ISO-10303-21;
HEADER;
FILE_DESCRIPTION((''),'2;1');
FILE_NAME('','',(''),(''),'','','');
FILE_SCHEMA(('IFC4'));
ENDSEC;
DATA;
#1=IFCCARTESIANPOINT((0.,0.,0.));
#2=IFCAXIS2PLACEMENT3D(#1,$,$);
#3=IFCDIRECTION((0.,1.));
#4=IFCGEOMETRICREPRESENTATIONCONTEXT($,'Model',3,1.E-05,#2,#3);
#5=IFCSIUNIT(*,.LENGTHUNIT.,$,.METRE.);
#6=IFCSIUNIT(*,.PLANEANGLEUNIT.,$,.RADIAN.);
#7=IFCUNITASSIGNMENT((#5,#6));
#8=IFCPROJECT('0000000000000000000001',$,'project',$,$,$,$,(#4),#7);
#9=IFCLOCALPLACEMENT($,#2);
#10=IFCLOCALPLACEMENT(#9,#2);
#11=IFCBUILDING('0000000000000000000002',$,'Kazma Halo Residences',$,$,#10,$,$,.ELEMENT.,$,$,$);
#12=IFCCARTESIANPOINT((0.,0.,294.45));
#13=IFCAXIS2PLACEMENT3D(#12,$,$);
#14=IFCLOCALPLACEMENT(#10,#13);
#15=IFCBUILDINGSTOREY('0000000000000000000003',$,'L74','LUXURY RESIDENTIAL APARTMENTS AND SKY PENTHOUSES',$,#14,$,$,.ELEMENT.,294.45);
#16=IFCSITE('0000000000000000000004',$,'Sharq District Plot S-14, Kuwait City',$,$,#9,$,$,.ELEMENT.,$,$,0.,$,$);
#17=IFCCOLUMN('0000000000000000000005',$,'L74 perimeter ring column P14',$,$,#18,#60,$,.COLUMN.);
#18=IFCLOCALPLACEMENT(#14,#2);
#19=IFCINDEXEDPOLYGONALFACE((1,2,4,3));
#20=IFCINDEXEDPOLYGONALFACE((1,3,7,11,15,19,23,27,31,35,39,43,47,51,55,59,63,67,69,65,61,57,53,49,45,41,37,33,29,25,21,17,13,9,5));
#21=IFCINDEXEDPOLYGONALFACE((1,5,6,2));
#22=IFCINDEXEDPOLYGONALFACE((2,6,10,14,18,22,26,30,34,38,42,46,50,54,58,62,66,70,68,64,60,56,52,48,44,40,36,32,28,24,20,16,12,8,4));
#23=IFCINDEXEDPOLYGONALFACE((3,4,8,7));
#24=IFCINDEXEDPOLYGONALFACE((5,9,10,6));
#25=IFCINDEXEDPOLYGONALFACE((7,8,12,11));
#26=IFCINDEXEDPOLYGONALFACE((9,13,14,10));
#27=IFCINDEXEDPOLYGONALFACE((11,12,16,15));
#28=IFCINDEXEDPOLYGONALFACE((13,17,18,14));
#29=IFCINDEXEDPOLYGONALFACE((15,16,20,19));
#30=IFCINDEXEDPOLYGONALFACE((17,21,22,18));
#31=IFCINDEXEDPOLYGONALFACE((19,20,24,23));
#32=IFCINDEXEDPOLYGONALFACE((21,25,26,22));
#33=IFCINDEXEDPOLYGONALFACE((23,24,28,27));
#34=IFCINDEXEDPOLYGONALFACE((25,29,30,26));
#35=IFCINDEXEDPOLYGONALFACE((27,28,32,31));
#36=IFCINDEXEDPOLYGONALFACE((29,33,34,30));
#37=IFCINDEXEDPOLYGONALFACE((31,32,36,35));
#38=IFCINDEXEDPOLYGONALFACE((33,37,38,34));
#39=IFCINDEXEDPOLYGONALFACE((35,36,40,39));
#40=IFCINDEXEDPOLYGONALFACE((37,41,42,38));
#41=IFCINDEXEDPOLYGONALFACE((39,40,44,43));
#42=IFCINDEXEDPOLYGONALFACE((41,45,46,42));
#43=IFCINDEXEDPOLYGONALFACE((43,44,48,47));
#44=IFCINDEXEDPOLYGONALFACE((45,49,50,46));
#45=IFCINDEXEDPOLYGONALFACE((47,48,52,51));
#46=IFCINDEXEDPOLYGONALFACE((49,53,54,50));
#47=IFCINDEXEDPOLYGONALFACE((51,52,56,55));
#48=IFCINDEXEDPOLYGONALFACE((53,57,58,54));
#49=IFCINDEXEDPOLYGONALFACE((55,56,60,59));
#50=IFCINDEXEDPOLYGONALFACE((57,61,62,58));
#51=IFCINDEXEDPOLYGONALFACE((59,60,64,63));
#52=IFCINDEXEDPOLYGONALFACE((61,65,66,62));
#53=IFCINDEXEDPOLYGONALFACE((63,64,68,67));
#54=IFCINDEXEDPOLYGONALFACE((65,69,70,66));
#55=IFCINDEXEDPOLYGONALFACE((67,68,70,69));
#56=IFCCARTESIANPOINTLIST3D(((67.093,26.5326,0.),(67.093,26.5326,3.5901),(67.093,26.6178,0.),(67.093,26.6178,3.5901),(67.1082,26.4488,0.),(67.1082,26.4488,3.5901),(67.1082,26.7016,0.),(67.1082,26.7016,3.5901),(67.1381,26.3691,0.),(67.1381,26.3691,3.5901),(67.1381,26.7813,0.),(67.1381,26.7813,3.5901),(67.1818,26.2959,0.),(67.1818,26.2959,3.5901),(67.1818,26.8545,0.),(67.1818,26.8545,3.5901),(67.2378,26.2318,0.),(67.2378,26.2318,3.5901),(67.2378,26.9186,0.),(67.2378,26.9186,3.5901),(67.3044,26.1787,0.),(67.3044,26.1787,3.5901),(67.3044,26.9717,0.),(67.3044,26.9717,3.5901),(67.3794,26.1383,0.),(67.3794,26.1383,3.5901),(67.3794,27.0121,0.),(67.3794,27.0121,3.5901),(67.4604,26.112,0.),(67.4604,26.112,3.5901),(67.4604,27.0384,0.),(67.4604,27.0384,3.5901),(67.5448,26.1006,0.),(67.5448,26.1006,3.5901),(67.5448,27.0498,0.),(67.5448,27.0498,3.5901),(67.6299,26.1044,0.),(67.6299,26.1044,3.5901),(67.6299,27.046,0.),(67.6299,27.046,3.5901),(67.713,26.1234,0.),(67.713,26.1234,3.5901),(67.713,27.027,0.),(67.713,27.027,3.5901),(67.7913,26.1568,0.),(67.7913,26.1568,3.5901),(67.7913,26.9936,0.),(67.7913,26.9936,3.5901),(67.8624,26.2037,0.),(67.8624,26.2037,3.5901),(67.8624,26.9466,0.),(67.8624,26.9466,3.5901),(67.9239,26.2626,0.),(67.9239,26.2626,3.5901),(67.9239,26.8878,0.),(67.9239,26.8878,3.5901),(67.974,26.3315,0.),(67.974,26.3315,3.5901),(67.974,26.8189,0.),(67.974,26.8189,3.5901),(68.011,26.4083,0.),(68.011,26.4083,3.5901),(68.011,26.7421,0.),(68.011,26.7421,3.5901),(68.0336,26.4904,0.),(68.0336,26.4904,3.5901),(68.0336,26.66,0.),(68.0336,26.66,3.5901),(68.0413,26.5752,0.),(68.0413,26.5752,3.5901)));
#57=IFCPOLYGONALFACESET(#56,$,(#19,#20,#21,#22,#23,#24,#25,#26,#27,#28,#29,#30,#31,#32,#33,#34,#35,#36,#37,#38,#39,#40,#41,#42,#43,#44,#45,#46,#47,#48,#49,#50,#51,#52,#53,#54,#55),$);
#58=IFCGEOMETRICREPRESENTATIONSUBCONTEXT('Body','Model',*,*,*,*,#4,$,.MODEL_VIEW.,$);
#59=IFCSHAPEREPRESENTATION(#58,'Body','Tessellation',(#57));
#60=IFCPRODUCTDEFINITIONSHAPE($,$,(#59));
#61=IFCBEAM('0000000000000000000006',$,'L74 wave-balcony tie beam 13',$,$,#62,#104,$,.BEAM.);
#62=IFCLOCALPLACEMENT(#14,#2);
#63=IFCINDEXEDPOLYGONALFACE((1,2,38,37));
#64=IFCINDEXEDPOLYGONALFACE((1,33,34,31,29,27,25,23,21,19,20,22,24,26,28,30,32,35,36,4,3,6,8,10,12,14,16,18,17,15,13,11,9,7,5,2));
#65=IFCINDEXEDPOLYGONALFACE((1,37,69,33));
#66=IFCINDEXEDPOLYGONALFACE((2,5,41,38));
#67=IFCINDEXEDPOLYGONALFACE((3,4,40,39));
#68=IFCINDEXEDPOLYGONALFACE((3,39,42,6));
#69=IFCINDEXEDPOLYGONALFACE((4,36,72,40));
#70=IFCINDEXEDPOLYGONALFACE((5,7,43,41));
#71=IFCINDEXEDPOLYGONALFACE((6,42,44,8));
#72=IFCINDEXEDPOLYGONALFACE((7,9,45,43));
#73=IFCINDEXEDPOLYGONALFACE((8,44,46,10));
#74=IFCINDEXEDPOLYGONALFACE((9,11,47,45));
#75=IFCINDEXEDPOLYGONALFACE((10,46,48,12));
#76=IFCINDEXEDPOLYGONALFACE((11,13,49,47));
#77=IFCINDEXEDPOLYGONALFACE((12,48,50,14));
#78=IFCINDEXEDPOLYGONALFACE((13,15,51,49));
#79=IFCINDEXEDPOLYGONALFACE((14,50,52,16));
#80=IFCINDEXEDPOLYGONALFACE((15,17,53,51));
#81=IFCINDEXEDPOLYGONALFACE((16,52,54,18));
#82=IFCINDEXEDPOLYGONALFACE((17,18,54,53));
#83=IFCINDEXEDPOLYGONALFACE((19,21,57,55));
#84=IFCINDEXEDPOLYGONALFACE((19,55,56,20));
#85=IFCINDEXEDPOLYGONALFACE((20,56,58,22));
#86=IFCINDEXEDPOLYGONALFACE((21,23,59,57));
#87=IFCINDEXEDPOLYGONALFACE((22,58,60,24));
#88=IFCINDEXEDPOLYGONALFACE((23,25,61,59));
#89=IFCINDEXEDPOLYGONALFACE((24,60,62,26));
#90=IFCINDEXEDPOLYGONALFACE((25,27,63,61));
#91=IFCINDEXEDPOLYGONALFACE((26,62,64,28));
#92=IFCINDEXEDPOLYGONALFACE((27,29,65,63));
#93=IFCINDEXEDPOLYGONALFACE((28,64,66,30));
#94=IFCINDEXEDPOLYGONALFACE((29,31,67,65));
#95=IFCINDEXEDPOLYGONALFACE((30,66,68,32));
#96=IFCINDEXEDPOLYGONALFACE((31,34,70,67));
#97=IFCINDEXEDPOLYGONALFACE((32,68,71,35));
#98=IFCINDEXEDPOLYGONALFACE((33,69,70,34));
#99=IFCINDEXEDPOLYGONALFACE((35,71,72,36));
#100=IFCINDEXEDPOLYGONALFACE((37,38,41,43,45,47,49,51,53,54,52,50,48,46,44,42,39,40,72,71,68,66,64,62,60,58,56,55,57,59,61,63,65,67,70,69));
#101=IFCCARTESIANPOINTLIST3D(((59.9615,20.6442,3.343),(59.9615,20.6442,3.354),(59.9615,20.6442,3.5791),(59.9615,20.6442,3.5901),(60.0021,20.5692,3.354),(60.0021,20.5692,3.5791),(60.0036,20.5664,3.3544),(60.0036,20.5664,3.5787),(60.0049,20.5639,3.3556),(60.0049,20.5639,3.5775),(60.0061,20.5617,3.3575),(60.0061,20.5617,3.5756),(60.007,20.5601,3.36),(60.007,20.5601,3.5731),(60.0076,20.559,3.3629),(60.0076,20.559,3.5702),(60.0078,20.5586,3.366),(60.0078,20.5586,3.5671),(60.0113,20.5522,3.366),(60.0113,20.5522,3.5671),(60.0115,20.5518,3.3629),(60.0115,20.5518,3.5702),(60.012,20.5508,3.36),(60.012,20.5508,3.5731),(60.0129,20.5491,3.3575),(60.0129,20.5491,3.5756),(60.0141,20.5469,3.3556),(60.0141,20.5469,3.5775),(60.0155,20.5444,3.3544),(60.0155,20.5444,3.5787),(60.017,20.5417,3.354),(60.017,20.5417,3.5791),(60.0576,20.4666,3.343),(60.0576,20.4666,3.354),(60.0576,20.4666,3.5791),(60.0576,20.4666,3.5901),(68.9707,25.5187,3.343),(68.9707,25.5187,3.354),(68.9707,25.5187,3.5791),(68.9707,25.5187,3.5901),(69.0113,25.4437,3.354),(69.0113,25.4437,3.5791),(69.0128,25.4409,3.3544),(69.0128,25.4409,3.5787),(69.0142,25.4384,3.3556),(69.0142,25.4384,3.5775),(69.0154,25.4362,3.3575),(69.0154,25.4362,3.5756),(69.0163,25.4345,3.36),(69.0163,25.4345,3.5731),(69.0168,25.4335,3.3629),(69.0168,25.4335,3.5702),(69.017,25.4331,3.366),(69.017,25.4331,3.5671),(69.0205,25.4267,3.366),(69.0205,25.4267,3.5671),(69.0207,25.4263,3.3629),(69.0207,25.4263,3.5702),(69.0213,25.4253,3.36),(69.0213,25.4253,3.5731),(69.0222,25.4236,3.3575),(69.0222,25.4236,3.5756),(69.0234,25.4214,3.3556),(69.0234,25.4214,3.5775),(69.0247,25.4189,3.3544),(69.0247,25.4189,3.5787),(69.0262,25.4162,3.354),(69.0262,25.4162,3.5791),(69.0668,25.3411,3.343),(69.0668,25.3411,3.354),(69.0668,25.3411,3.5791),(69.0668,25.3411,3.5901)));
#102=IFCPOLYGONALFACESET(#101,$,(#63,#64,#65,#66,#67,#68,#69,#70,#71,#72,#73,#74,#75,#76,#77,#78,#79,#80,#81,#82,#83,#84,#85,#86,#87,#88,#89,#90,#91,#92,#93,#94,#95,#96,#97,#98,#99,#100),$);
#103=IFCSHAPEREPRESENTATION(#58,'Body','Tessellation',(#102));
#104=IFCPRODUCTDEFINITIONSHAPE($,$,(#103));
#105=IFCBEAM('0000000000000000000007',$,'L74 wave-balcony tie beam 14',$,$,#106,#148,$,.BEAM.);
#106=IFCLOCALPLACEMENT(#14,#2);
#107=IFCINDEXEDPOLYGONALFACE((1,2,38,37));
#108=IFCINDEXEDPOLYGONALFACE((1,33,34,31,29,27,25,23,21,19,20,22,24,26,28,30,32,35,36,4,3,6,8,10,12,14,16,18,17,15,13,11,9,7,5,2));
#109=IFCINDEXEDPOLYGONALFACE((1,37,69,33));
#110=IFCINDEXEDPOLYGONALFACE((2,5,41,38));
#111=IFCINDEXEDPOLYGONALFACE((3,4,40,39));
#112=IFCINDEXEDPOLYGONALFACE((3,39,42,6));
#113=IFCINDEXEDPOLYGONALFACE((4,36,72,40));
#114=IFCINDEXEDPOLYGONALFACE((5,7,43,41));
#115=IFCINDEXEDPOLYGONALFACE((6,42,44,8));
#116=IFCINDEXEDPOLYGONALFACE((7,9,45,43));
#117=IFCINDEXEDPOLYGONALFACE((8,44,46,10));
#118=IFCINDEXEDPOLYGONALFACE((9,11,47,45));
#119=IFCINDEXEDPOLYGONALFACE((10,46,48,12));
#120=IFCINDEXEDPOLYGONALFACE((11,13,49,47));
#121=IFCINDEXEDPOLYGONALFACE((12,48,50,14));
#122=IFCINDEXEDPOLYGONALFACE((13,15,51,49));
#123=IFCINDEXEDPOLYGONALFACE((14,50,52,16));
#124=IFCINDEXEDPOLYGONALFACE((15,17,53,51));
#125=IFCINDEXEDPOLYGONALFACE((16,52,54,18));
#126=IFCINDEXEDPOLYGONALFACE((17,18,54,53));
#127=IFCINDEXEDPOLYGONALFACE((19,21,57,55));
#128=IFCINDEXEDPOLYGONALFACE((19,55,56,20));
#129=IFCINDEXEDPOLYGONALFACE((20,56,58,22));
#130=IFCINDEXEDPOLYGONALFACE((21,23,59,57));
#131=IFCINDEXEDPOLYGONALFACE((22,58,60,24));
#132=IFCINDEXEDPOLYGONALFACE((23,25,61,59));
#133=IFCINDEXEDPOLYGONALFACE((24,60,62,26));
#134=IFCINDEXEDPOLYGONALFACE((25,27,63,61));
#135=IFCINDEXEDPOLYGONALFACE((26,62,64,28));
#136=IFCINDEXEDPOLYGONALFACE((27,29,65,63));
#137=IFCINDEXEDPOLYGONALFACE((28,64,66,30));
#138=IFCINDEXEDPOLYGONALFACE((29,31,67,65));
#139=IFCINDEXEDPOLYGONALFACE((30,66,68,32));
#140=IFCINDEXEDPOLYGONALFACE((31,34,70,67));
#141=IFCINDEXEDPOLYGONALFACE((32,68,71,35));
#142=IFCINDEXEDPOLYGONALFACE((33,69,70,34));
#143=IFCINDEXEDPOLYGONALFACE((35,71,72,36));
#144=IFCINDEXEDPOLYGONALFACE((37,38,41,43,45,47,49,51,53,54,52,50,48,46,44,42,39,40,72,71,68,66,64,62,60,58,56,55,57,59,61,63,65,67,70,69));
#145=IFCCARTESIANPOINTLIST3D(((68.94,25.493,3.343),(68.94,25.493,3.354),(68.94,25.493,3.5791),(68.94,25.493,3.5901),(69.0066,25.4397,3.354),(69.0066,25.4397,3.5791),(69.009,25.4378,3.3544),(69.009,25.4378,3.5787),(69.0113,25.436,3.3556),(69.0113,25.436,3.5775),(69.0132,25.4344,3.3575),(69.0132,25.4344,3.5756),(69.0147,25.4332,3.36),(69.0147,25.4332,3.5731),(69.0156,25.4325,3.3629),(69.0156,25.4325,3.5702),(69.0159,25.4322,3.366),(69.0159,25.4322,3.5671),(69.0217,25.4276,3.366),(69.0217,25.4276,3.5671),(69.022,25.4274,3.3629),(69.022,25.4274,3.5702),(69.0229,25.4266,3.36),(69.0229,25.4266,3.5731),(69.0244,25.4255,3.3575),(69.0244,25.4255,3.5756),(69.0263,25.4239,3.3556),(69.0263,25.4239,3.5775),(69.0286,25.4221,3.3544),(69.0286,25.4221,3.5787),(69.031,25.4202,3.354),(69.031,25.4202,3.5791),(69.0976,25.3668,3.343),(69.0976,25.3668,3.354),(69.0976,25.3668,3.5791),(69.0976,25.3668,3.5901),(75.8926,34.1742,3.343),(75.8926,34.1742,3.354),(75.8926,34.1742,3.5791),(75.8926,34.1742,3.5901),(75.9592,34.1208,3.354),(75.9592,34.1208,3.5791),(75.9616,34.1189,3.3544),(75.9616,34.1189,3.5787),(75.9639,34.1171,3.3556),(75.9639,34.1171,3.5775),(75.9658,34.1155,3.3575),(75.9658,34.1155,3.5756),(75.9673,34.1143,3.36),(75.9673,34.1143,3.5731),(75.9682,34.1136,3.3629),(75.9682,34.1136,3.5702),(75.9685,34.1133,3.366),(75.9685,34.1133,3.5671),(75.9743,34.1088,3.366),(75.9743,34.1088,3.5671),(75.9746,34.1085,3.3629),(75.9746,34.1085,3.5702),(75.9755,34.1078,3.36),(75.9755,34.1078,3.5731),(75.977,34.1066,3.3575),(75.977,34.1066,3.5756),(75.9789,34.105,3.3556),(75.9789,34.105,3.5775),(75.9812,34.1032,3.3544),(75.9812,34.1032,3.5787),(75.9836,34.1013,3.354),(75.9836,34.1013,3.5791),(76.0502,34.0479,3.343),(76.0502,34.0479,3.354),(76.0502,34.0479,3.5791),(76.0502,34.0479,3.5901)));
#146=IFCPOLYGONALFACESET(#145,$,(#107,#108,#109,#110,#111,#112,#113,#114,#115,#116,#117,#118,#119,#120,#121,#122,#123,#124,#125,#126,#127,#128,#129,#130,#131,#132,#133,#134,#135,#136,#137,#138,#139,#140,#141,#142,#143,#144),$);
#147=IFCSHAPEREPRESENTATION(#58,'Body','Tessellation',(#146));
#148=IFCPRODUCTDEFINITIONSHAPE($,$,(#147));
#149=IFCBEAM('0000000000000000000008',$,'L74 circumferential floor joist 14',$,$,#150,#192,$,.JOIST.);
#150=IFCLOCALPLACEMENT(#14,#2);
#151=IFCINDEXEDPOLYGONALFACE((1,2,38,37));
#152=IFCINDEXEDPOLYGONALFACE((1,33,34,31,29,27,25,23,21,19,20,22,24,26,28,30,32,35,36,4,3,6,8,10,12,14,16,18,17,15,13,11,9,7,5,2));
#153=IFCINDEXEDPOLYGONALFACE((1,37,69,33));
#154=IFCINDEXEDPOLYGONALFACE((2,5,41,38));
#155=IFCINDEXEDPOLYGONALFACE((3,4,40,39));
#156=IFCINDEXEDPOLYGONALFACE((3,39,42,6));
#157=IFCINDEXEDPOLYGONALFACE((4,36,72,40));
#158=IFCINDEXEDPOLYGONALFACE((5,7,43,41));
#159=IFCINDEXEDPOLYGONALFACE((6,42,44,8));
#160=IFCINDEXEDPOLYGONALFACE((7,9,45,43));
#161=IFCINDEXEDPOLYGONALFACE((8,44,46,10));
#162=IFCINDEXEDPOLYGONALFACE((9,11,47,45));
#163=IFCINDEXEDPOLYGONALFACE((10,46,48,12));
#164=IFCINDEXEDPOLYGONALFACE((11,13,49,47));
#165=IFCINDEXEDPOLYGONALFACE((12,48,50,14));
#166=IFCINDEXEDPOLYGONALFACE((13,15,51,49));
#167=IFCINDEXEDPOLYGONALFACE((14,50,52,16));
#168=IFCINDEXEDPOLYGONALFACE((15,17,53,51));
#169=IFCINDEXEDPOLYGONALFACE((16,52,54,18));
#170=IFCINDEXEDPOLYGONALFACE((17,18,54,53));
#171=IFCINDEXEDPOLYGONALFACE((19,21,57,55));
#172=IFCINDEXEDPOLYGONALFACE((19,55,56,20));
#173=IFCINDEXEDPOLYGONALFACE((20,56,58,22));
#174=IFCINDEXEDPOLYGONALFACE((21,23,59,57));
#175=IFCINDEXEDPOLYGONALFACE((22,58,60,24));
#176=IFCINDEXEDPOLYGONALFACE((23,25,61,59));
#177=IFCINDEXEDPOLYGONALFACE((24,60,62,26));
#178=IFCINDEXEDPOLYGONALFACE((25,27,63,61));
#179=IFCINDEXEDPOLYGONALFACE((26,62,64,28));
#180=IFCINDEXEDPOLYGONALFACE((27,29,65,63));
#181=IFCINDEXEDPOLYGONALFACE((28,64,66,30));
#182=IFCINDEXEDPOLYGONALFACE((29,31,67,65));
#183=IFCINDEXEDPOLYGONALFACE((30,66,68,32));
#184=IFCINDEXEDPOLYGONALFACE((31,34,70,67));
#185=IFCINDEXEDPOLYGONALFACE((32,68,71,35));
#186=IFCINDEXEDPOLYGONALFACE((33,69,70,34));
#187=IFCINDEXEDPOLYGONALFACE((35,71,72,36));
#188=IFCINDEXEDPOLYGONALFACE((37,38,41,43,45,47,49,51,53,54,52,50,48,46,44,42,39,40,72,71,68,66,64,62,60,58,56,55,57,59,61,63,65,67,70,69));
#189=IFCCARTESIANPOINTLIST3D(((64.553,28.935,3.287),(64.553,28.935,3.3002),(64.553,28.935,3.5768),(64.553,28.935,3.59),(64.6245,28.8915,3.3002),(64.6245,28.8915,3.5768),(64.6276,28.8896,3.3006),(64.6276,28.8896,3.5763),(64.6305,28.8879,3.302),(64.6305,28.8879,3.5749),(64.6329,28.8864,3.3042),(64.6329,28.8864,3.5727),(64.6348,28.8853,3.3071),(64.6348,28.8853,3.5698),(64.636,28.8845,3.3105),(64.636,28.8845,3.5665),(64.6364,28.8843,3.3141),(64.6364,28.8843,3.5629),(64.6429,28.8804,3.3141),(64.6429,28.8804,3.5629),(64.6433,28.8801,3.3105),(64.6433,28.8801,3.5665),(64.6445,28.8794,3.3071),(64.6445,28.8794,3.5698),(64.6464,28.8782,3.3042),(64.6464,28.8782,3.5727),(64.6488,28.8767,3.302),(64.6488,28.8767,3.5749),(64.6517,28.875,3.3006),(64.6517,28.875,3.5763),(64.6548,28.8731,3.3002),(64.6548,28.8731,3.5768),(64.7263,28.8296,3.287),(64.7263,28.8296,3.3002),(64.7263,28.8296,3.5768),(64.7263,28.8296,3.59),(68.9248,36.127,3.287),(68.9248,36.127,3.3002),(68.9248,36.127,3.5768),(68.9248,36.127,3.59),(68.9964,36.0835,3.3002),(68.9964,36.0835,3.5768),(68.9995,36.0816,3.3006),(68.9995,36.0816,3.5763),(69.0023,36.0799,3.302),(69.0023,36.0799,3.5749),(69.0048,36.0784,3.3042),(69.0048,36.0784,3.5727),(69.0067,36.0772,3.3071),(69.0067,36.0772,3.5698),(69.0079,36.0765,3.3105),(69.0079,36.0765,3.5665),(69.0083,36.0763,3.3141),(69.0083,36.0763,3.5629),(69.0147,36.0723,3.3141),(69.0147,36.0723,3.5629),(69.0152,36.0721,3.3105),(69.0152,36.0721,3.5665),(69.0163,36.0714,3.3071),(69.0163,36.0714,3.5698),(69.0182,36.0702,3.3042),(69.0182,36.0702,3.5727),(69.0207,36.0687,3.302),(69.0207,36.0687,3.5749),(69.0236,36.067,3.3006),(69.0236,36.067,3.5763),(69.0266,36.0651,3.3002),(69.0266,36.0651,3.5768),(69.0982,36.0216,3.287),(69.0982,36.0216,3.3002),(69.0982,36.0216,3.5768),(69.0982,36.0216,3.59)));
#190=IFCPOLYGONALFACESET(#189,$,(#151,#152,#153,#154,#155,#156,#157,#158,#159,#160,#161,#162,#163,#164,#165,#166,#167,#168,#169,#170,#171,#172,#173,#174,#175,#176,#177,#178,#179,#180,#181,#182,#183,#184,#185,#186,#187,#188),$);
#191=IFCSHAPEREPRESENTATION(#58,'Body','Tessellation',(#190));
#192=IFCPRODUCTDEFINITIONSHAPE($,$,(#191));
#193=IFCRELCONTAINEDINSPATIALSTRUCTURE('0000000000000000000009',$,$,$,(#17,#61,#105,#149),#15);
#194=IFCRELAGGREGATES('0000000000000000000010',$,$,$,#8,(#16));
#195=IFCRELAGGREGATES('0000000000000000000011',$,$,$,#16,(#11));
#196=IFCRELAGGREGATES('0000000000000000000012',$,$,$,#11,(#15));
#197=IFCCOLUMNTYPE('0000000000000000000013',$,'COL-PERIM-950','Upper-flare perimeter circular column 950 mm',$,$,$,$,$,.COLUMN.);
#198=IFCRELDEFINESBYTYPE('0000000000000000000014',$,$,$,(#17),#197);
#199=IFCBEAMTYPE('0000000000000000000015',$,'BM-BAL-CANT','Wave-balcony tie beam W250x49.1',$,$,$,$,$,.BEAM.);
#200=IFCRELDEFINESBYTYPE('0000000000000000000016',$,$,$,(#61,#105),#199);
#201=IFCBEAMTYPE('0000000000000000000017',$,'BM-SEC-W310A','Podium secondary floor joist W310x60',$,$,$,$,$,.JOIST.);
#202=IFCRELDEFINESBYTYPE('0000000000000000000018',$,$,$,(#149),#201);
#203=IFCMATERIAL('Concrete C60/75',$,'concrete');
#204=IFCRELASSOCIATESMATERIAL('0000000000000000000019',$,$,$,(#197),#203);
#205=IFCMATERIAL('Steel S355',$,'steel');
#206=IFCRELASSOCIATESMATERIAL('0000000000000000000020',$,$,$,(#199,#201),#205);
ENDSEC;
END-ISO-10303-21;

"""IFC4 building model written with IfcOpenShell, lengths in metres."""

from ifc_helpers import new_model, si_unit, direction, frame, origin, origin_2d, place, context, subcontext, project, spatial, circle, i_section, extrude, material, material_profile, profile_set, type_object, element, save


model = new_model("IFC4")

# Units and contexts
model_context = context("Model", 3, precision=1e-05, world=origin(), true_north=direction((0.0, 1.0)))
body_context = subcontext(model_context, "Body", "Model", "MODEL_VIEW")
ifc_project = project(units=[si_unit("LENGTHUNIT", "METRE"), si_unit("PLANEANGLEUNIT", "RADIAN")], contexts=[model_context])

# Site, building, storey
site_placement = place(None, origin())
site = spatial("IfcSite", under=ifc_project, at=site_placement, Name="Sharq District Plot S-14, Kuwait City", CompositionType="ELEMENT", RefElevation=0.0)
building_placement = place(site_placement, origin())
building = spatial("IfcBuilding", under=site, at=building_placement, Name="Kazma Halo Residences", CompositionType="ELEMENT")
storey_placement = place(building_placement, frame((0.0, 0.0, 294.45)))
storey = spatial("IfcBuildingStorey", under=building, at=storey_placement, Name="L74", Description="LUXURY RESIDENTIAL APARTMENTS AND SKY PENTHOUSES", CompositionType="ELEMENT", Elevation=294.45)

# Column
ifc_material_1 = material(Name="Concrete C60/75", Category="concrete")
ifc_material_profile_1 = material_profile(ifc_material_1, circle(Radius=0.4751, at=origin_2d()), Name="CIRC950")
ifc_profile_set_1 = profile_set([ifc_material_profile_1], Name="Concrete C60/75")
column_type = type_object("IfcColumnType", Name="COL-PERIM-950", Description="Upper-flare perimeter circular column 950 mm", PredefinedType="COLUMN", material=ifc_profile_set_1)
column_placement = place(storey_placement, frame((67.5662, 26.5752, 0.0), z_axis=(0.0, 0.0, 1.0), x_axis=(1.0, 0.0, 0.0)))
element("IfcColumn", 1, at=column_placement, inside=storey, type_object=column_type, Name="L74 perimeter ring column P14", PredefinedType="COLUMN", context=body_context, shape_type="SweptSolid", body=[
    extrude(circle(Radius=0.4751, at=origin_2d()), origin(), (0.0, 0.0, 1.0), 3.5901),
])

# Beams
ifc_material_2 = material(Name="Steel S355", Category="steel")
ifc_material_profile_2 = material_profile(ifc_material_2, i_section(OverallWidth=0.2019, OverallDepth=0.2471, WebThickness=0.0073, FlangeThickness=0.011, FilletRadius=0.012, at=origin_2d()), Name="W250x49.1")
ifc_profile_set_2 = profile_set([ifc_material_profile_2], Name="Steel S355")
beam_type_1 = type_object("IfcBeamType", Name="BM-BAL-CANT", Description="Wave-balcony tie beam W250x49.1", PredefinedType="BEAM", material=ifc_profile_set_2)
beam_1_placement = place(storey_placement, frame((60.0095, 20.5554, 3.4666), z_axis=(0.879517, 0.475867, 0.0), x_axis=(-0.475867, 0.879517, 0.0)))
element("IfcBeam", 2, at=beam_1_placement, inside=storey, type_object=beam_type_1, Name="L74 wave-balcony tie beam 13", PredefinedType="BEAM", context=body_context, shape_type="SweptSolid", body=[
    extrude(i_section(OverallWidth=0.2019, OverallDepth=0.2471, WebThickness=0.0073, FlangeThickness=0.011, FilletRadius=0.012, at=origin_2d()), origin(), (0.0, 0.0, 1.0), 10.2434),
])
beam_2_placement = place(storey_placement, frame((69.0188, 25.4299, 3.4666), z_axis=(0.625118, 0.78053, 0.0), x_axis=(-0.78053, 0.625118, 0.0)))
element("IfcBeam", 3, at=beam_2_placement, inside=storey, type_object=beam_type_1, Name="L74 wave-balcony tie beam 14", PredefinedType="BEAM", context=body_context, shape_type="SweptSolid", body=[
    extrude(i_section(OverallWidth=0.2019, OverallDepth=0.2471, WebThickness=0.0073, FlangeThickness=0.011, FilletRadius=0.012, at=origin_2d()), origin(), (0.0, 0.0, 1.0), 11.1221),
])
ifc_material_profile_3 = material_profile(ifc_material_2, i_section(OverallWidth=0.2029, OverallDepth=0.303, WebThickness=0.0076, FlangeThickness=0.0132, FilletRadius=0.0139, at=origin_2d()), Name="W310x60")
ifc_profile_set_3 = profile_set([ifc_material_profile_3], Name="Steel S355")
beam_type_2 = type_object("IfcBeamType", Name="BM-SEC-W310A", Description="Podium secondary floor joist W310x60", PredefinedType="JOIST", material=ifc_profile_set_3)
beam_3_placement = place(storey_placement, frame((64.6396, 28.8823, 3.4385), z_axis=(0.51944, 0.854507, 0.0), x_axis=(-0.854507, 0.51944, 0.0)))
element("IfcBeam", 4, at=beam_3_placement, inside=storey, type_object=beam_type_2, Name="L74 circumferential floor joist 14", PredefinedType="JOIST", context=body_context, shape_type="SweptSolid", body=[
    extrude(i_section(OverallWidth=0.2029, OverallDepth=0.303, WebThickness=0.0076, FlangeThickness=0.0132, FilletRadius=0.0139, at=origin_2d()), origin(), (0.0, 0.0, 1.0), 8.4165),
])

save(model, "model.ifc")
